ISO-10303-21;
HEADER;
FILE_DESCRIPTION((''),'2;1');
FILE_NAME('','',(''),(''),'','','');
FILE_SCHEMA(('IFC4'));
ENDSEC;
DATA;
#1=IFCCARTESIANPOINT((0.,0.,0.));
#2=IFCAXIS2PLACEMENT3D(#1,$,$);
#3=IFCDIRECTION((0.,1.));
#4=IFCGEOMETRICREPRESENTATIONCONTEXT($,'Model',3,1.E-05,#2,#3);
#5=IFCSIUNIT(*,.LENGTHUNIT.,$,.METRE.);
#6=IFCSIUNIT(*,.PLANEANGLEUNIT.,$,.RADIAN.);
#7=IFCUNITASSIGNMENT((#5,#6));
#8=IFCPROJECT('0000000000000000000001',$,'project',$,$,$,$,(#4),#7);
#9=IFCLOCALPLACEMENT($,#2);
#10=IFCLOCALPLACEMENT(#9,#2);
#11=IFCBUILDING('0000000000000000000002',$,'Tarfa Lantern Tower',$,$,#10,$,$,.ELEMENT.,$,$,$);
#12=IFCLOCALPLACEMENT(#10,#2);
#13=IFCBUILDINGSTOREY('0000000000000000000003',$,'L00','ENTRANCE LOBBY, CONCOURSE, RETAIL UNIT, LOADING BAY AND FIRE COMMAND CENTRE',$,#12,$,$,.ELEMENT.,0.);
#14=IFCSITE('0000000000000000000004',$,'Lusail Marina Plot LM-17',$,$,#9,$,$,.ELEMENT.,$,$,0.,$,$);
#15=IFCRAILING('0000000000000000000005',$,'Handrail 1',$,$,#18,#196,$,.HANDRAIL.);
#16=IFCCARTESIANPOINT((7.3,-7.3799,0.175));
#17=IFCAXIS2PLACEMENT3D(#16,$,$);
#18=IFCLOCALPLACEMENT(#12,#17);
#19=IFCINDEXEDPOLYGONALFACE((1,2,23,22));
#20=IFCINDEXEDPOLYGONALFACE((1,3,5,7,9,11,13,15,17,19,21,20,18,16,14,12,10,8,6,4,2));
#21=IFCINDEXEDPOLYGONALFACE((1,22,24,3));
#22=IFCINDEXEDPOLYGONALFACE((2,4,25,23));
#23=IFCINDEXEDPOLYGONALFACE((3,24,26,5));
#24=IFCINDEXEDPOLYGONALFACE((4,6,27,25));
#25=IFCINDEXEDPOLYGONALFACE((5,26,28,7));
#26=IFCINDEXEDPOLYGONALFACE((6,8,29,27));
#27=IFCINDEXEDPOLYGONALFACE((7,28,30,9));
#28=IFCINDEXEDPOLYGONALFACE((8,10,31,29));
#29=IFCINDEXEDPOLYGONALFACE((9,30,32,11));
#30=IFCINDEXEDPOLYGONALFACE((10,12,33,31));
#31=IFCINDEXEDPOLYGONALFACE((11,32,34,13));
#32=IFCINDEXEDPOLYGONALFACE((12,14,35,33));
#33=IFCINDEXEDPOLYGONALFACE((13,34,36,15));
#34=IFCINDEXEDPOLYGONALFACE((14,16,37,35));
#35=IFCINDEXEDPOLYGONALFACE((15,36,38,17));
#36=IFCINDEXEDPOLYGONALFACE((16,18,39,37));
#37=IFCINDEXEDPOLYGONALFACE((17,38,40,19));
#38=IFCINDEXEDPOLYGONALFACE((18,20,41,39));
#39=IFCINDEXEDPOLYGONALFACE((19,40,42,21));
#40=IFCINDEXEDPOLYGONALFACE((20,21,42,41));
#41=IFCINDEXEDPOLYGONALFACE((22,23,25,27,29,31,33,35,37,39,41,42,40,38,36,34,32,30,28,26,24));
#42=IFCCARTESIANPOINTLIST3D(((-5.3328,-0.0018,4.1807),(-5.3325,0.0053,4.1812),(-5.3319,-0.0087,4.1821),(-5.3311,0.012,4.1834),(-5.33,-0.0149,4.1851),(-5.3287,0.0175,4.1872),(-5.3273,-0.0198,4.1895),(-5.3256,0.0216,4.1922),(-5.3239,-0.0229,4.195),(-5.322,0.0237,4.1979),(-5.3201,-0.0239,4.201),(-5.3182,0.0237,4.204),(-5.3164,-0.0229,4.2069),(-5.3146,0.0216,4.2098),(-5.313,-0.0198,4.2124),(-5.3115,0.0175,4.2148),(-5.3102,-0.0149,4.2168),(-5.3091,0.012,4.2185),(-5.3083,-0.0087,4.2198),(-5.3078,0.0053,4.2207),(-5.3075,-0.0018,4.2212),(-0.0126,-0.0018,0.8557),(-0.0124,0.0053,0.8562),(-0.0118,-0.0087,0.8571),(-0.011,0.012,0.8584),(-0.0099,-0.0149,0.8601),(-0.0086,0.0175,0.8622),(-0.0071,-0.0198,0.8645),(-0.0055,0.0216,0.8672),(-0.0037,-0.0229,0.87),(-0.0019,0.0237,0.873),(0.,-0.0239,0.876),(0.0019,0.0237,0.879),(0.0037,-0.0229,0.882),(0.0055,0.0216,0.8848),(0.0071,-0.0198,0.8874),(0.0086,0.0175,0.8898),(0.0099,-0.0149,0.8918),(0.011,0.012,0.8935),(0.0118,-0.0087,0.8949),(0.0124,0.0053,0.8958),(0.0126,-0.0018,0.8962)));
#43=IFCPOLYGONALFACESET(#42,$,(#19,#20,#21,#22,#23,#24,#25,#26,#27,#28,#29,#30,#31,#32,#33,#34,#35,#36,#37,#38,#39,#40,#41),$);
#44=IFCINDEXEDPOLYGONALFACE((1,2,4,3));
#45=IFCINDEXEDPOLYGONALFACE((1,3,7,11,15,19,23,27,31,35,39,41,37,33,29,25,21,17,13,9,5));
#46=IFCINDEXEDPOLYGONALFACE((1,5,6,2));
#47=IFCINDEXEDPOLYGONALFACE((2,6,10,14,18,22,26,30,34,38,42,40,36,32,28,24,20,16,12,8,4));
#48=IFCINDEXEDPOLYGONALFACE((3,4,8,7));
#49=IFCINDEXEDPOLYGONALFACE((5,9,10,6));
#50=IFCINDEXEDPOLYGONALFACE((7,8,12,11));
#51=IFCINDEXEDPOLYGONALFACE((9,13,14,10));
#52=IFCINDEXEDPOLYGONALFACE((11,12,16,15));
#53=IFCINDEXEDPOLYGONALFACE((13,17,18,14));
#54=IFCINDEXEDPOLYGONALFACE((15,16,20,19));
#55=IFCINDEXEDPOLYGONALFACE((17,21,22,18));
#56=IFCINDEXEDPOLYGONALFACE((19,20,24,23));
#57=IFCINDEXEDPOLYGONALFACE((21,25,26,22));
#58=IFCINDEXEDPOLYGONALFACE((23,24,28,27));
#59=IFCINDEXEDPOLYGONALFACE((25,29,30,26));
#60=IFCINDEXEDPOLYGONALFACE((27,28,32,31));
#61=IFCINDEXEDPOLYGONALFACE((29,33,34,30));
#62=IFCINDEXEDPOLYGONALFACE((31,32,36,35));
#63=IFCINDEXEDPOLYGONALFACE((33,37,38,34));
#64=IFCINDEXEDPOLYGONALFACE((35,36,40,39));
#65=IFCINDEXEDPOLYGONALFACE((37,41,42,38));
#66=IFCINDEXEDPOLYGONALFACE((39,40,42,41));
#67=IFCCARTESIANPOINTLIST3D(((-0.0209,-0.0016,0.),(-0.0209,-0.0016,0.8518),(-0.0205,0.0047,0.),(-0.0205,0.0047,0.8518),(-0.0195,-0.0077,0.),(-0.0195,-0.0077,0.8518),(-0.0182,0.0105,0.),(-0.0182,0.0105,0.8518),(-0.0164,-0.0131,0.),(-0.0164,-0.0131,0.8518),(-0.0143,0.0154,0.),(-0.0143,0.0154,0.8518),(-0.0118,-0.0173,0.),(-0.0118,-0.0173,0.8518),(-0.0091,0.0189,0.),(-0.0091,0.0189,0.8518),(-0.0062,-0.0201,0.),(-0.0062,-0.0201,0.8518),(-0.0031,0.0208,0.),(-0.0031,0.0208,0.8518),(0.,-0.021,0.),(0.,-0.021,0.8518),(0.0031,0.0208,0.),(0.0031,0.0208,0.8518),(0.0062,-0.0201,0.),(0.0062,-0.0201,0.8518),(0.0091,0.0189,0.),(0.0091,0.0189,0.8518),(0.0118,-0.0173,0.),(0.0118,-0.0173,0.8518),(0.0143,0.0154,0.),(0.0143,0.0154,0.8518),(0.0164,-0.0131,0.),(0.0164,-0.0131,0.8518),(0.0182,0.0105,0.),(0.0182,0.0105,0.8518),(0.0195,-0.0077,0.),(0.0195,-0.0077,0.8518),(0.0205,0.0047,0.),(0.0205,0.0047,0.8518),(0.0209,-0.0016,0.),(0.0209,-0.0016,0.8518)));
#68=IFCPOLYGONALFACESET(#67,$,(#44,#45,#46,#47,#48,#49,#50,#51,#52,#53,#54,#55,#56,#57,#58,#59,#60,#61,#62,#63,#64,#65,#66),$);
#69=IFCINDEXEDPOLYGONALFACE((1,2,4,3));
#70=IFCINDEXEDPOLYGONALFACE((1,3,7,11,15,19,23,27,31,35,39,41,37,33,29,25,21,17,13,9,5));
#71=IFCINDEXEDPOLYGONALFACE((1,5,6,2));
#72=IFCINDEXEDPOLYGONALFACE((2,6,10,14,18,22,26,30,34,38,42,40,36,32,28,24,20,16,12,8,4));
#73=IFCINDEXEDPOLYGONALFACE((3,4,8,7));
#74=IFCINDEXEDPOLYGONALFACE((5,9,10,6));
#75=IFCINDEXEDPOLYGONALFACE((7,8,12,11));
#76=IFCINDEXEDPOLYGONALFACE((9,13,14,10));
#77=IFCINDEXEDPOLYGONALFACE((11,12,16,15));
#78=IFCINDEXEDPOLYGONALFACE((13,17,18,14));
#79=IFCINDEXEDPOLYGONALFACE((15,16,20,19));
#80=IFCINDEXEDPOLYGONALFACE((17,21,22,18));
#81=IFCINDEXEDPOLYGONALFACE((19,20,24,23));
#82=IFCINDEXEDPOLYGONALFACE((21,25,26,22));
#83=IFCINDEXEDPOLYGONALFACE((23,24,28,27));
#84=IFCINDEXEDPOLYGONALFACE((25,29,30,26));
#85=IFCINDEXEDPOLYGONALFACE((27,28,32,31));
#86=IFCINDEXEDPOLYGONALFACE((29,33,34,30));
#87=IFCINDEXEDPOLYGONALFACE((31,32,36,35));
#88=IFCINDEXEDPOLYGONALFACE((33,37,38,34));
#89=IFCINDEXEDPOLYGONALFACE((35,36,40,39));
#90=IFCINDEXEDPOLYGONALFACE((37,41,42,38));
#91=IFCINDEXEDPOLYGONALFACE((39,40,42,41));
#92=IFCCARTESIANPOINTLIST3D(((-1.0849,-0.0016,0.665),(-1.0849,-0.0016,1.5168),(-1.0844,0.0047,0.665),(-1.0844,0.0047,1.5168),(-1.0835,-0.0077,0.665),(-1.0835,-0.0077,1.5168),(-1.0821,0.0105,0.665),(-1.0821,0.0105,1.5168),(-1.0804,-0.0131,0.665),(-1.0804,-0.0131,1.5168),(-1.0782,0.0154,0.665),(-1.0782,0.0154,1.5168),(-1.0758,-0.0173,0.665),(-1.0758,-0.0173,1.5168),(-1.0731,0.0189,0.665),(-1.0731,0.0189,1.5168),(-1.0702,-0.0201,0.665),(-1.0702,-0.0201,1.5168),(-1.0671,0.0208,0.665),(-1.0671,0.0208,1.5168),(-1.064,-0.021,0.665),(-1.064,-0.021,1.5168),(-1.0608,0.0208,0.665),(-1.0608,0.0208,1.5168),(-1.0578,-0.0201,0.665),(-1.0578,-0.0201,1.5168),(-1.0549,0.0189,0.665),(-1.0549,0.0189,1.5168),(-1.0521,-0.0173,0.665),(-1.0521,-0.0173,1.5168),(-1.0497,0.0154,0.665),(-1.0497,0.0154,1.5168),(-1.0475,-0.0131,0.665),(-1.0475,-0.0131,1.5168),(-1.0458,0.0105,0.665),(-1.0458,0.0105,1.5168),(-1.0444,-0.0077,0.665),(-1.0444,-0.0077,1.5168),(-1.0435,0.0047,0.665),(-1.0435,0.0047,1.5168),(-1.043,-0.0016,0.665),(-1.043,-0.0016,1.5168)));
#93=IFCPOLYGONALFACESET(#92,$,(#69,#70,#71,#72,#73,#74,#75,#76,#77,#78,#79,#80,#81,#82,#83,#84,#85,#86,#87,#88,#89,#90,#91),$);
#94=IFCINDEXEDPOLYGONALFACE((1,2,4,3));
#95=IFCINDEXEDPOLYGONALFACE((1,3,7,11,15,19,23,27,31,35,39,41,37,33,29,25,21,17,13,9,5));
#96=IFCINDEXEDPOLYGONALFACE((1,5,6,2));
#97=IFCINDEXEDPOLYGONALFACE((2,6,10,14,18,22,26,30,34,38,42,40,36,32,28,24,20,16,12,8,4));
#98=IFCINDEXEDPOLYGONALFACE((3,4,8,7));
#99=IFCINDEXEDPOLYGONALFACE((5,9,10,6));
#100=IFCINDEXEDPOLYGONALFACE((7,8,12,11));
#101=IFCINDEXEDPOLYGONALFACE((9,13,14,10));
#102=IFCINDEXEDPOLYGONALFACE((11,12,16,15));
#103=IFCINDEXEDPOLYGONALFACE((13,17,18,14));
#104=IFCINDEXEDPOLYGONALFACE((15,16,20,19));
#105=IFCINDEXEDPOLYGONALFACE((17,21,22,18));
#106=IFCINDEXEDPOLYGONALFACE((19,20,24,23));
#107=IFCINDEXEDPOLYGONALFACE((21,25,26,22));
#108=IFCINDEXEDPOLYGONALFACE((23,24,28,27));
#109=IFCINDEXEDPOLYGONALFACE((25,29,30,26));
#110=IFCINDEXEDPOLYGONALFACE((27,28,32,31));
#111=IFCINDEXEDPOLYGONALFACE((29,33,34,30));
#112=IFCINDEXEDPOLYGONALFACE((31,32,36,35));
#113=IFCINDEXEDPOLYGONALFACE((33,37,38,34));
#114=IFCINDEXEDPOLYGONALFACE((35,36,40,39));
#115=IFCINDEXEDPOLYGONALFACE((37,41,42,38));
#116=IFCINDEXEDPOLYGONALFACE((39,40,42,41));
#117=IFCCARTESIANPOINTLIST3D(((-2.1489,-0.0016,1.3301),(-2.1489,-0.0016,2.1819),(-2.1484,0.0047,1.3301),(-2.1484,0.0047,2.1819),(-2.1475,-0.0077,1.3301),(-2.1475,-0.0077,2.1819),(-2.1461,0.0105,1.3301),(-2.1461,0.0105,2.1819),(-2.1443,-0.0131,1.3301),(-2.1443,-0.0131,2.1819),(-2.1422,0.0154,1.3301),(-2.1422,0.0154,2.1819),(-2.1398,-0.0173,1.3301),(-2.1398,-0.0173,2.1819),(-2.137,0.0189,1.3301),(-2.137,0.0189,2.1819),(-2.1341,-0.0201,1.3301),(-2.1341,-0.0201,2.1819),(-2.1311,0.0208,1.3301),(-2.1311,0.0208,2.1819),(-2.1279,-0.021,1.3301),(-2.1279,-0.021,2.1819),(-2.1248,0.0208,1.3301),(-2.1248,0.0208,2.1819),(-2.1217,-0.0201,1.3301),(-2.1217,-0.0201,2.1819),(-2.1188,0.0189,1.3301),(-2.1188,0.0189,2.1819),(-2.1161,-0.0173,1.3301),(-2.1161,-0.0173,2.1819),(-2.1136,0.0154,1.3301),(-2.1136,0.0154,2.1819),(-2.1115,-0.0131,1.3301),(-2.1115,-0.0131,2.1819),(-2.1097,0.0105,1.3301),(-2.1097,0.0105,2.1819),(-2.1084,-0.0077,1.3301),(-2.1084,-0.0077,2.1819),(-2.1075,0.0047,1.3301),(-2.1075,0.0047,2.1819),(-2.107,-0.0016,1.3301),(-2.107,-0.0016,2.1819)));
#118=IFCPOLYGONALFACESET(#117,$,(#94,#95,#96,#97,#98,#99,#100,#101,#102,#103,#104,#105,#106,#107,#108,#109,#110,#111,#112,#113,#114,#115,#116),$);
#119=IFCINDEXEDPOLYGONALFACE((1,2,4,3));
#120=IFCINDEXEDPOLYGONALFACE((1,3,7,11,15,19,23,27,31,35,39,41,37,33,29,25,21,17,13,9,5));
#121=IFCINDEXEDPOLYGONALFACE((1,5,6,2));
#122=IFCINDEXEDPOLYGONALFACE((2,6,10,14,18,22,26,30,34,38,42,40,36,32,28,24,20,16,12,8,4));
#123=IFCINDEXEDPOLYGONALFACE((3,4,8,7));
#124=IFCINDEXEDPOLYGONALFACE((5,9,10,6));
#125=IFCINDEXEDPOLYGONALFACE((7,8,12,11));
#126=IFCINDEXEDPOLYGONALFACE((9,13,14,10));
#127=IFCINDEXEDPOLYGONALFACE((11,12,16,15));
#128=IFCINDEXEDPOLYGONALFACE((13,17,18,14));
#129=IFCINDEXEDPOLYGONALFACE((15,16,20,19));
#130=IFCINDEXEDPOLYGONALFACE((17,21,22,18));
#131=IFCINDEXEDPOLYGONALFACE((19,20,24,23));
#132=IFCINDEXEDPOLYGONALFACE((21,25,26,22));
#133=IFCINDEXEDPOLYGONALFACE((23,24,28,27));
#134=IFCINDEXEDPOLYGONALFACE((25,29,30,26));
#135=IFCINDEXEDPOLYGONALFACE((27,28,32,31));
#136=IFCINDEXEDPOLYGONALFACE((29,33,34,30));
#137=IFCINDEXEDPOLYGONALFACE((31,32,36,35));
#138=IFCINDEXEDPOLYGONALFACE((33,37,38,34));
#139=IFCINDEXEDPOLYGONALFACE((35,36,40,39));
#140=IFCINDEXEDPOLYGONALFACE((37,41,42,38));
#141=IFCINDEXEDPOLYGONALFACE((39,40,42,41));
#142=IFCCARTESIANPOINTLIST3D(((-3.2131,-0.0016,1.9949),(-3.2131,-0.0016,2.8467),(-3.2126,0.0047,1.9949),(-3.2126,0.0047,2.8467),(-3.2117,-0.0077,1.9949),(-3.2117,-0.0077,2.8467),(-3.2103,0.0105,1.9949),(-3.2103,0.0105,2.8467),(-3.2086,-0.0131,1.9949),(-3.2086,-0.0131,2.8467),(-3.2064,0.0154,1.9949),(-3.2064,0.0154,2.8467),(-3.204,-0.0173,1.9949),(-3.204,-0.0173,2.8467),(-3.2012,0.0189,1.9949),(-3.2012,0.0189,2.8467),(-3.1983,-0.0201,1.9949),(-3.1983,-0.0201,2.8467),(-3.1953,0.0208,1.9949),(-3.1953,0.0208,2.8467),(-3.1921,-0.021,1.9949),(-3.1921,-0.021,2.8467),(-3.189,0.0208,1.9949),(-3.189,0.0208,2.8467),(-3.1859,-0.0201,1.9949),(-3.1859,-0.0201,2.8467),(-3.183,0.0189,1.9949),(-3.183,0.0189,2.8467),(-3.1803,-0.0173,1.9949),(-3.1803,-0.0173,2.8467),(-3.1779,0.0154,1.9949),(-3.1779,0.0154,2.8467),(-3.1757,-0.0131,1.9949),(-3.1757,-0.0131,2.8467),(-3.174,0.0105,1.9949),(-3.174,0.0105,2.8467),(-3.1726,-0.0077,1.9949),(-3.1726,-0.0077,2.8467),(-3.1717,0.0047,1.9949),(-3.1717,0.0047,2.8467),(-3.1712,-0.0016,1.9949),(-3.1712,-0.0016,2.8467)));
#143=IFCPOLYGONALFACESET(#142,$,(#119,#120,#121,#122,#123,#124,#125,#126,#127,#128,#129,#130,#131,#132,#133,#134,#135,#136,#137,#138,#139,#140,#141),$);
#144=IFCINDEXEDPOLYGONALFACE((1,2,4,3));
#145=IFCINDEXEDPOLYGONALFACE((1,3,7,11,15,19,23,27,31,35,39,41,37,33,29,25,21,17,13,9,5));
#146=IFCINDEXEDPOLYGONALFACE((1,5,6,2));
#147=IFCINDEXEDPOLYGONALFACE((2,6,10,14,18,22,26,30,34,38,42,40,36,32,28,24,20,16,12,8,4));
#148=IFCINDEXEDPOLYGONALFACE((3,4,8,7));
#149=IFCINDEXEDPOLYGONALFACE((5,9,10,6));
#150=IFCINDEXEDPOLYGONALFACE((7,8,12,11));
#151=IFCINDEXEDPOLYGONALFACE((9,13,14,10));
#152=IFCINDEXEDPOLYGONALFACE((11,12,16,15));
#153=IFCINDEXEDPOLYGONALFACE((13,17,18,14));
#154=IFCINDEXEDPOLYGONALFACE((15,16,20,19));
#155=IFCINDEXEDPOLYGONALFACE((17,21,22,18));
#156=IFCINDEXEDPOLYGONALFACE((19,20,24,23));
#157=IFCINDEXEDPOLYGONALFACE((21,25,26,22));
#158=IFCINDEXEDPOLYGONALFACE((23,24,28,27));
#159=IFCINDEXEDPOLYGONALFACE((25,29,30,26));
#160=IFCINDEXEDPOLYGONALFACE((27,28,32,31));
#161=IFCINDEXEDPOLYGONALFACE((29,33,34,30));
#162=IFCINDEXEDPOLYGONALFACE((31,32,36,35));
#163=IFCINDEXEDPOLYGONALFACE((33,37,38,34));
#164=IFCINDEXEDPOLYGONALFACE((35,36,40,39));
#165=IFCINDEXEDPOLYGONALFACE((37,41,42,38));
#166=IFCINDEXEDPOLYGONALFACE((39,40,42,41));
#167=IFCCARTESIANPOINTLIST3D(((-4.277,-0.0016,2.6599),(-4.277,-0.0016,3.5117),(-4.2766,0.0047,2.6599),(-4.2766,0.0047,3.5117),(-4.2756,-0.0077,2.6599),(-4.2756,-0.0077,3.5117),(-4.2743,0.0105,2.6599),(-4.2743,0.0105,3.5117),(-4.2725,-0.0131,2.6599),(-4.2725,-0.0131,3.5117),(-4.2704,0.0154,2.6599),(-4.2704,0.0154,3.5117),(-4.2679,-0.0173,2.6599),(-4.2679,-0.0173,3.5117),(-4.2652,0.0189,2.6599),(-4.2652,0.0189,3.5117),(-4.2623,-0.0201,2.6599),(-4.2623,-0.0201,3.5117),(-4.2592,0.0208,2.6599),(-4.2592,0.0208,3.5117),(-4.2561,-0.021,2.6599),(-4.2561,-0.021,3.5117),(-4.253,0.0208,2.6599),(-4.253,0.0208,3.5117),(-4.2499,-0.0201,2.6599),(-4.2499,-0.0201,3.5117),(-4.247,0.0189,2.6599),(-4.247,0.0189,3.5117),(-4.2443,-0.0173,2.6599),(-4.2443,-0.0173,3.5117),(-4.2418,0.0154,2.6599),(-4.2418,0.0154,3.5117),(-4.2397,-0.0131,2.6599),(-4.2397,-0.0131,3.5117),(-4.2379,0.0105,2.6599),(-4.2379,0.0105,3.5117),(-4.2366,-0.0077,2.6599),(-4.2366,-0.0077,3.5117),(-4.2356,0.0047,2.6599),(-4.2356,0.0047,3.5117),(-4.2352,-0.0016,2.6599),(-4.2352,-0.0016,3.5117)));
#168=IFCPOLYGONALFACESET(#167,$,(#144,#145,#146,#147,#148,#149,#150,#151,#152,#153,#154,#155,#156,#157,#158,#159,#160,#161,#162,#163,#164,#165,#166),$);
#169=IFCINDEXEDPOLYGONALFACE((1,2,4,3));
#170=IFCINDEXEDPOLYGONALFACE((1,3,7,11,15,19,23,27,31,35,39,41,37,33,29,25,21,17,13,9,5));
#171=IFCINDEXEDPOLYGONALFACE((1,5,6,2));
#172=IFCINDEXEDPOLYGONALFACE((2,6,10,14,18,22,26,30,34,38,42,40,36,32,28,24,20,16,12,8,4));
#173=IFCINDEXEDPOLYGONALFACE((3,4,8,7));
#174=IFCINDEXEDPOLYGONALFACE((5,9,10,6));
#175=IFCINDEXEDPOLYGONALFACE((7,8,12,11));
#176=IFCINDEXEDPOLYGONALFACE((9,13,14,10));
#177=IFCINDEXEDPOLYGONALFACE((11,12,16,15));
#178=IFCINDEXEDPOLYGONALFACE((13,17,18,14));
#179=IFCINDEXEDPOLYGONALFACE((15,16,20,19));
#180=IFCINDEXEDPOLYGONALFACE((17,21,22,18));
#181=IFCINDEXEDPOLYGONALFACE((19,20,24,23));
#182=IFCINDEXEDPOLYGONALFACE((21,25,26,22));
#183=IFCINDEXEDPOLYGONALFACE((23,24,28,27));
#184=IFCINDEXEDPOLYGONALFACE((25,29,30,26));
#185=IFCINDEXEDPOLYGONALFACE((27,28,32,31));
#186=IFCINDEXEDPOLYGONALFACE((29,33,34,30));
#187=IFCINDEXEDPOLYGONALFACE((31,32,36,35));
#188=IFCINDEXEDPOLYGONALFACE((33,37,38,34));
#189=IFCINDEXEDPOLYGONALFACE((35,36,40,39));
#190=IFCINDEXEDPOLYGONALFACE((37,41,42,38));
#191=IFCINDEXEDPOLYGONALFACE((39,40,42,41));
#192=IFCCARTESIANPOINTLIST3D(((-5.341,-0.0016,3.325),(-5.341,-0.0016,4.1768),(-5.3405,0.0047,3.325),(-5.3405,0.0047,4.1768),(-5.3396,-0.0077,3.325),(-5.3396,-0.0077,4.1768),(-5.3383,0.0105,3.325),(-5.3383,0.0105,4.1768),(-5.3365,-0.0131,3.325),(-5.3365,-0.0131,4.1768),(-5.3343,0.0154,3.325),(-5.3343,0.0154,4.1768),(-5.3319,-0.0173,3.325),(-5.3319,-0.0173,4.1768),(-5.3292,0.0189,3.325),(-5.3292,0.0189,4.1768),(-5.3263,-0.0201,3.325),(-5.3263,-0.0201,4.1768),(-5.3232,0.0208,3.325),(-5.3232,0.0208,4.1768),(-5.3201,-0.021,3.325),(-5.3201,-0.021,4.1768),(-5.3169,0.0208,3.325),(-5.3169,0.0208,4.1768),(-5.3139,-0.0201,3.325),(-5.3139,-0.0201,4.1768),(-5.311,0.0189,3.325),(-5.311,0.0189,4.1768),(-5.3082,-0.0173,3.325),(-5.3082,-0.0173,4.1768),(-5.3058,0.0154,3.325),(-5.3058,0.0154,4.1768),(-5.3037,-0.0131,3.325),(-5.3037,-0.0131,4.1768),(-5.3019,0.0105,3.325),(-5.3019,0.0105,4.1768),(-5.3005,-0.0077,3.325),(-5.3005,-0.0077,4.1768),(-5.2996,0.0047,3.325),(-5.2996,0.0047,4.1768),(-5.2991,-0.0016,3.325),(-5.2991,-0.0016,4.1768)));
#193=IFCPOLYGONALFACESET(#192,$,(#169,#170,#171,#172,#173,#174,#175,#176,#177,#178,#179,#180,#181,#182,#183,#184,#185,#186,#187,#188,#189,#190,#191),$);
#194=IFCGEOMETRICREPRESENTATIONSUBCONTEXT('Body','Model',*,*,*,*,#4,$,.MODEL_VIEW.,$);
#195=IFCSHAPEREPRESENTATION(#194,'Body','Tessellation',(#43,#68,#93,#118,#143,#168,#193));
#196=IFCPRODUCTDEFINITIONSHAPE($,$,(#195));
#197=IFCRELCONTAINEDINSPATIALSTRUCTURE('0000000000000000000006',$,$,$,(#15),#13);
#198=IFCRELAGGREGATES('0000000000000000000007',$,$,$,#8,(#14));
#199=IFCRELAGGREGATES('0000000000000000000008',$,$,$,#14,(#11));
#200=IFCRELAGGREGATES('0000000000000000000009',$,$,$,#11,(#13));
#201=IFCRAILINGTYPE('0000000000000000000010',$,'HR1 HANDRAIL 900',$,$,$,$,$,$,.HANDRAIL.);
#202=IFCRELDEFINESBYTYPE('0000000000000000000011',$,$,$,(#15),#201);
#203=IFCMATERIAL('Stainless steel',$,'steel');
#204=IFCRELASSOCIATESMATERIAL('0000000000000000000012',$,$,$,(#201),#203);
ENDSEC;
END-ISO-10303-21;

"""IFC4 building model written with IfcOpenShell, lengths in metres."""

from ifc_helpers import new_model, si_unit, direction, frame, origin, origin_2d, place, context, subcontext, project, spatial, circle, extrude, material, type_object, element, save


model = new_model("IFC4")

# Units and contexts
model_context = context("Model", 3, precision=1e-05, world=origin(), true_north=direction((0.0, 1.0)))
body_context = subcontext(model_context, "Body", "Model", "MODEL_VIEW")
ifc_project = project(units=[si_unit("LENGTHUNIT", "METRE"), si_unit("PLANEANGLEUNIT", "RADIAN")], contexts=[model_context])

# Site, building, storey
site_placement = place(None, origin())
site = spatial("IfcSite", under=ifc_project, at=site_placement, Name="Lusail Marina Plot LM-17", CompositionType="ELEMENT", RefElevation=0.0)
building_placement = place(site_placement, origin())
building = spatial("IfcBuilding", under=site, at=building_placement, Name="Tarfa Lantern Tower", CompositionType="ELEMENT")
storey_placement = place(building_placement, origin())
storey = spatial("IfcBuildingStorey", under=building, at=storey_placement, Name="L00", Description="ENTRANCE LOBBY, CONCOURSE, RETAIL UNIT, LOADING BAY AND FIRE COMMAND CENTRE", CompositionType="ELEMENT", Elevation=0.0)

# Railing
ifc_material_1 = material(Name="Stainless steel", Category="steel")
railing_type = type_object("IfcRailingType", Name="HR1 HANDRAIL 900", PredefinedType="HANDRAIL", material=ifc_material_1)
railing_1_placement = place(storey_placement, frame((7.3, -7.3799, 0.175)))
element("IfcRailing", 1, at=railing_1_placement, inside=storey, type_object=railing_type, Name="Handrail 1", PredefinedType="HANDRAIL", context=body_context, shape_type="SweptSolid", body=[
    extrude(circle(Radius=0.0239, at=origin_2d()), frame((0.0, 0.0, 0.876), z_axis=(-0.848005, 0.0, 0.529988), x_axis=(0.0, -1.0, 0.0)), (0.0, 0.0, 1.0), 6.2737),
    extrude(circle(Radius=0.021, at=origin_2d()), frame((0.0, 0.0, 0.0), z_axis=(0.0, 0.0, 1.0), x_axis=(0.0, -1.0, 0.0)), (0.0, 0.0, 1.0), 0.8518),
    extrude(circle(Radius=0.021, at=origin_2d()), frame((-1.064, 0.0, 0.665), z_axis=(0.0, 0.0, 1.0), x_axis=(0.0, -1.0, 0.0)), (0.0, 0.0, 1.0), 0.8518),
    extrude(circle(Radius=0.021, at=origin_2d()), frame((-2.1279, 0.0, 1.3301), z_axis=(0.0, 0.0, 1.0), x_axis=(0.0, -1.0, 0.0)), (0.0, 0.0, 1.0), 0.8518),
    extrude(circle(Radius=0.021, at=origin_2d()), frame((-3.1921, 0.0, 1.9949), z_axis=(0.0, 0.0, 1.0), x_axis=(0.0, -1.0, 0.0)), (0.0, 0.0, 1.0), 0.8518),
    extrude(circle(Radius=0.021, at=origin_2d()), frame((-4.2561, 0.0, 2.6599), z_axis=(0.0, 0.0, 1.0), x_axis=(0.0, -1.0, 0.0)), (0.0, 0.0, 1.0), 0.8518),
    extrude(circle(Radius=0.021, at=origin_2d()), frame((-5.3201, 0.0, 3.325), z_axis=(0.0, 0.0, 1.0), x_axis=(0.0, -1.0, 0.0)), (0.0, 0.0, 1.0), 0.8518),
])

save(model, "model.ifc")
